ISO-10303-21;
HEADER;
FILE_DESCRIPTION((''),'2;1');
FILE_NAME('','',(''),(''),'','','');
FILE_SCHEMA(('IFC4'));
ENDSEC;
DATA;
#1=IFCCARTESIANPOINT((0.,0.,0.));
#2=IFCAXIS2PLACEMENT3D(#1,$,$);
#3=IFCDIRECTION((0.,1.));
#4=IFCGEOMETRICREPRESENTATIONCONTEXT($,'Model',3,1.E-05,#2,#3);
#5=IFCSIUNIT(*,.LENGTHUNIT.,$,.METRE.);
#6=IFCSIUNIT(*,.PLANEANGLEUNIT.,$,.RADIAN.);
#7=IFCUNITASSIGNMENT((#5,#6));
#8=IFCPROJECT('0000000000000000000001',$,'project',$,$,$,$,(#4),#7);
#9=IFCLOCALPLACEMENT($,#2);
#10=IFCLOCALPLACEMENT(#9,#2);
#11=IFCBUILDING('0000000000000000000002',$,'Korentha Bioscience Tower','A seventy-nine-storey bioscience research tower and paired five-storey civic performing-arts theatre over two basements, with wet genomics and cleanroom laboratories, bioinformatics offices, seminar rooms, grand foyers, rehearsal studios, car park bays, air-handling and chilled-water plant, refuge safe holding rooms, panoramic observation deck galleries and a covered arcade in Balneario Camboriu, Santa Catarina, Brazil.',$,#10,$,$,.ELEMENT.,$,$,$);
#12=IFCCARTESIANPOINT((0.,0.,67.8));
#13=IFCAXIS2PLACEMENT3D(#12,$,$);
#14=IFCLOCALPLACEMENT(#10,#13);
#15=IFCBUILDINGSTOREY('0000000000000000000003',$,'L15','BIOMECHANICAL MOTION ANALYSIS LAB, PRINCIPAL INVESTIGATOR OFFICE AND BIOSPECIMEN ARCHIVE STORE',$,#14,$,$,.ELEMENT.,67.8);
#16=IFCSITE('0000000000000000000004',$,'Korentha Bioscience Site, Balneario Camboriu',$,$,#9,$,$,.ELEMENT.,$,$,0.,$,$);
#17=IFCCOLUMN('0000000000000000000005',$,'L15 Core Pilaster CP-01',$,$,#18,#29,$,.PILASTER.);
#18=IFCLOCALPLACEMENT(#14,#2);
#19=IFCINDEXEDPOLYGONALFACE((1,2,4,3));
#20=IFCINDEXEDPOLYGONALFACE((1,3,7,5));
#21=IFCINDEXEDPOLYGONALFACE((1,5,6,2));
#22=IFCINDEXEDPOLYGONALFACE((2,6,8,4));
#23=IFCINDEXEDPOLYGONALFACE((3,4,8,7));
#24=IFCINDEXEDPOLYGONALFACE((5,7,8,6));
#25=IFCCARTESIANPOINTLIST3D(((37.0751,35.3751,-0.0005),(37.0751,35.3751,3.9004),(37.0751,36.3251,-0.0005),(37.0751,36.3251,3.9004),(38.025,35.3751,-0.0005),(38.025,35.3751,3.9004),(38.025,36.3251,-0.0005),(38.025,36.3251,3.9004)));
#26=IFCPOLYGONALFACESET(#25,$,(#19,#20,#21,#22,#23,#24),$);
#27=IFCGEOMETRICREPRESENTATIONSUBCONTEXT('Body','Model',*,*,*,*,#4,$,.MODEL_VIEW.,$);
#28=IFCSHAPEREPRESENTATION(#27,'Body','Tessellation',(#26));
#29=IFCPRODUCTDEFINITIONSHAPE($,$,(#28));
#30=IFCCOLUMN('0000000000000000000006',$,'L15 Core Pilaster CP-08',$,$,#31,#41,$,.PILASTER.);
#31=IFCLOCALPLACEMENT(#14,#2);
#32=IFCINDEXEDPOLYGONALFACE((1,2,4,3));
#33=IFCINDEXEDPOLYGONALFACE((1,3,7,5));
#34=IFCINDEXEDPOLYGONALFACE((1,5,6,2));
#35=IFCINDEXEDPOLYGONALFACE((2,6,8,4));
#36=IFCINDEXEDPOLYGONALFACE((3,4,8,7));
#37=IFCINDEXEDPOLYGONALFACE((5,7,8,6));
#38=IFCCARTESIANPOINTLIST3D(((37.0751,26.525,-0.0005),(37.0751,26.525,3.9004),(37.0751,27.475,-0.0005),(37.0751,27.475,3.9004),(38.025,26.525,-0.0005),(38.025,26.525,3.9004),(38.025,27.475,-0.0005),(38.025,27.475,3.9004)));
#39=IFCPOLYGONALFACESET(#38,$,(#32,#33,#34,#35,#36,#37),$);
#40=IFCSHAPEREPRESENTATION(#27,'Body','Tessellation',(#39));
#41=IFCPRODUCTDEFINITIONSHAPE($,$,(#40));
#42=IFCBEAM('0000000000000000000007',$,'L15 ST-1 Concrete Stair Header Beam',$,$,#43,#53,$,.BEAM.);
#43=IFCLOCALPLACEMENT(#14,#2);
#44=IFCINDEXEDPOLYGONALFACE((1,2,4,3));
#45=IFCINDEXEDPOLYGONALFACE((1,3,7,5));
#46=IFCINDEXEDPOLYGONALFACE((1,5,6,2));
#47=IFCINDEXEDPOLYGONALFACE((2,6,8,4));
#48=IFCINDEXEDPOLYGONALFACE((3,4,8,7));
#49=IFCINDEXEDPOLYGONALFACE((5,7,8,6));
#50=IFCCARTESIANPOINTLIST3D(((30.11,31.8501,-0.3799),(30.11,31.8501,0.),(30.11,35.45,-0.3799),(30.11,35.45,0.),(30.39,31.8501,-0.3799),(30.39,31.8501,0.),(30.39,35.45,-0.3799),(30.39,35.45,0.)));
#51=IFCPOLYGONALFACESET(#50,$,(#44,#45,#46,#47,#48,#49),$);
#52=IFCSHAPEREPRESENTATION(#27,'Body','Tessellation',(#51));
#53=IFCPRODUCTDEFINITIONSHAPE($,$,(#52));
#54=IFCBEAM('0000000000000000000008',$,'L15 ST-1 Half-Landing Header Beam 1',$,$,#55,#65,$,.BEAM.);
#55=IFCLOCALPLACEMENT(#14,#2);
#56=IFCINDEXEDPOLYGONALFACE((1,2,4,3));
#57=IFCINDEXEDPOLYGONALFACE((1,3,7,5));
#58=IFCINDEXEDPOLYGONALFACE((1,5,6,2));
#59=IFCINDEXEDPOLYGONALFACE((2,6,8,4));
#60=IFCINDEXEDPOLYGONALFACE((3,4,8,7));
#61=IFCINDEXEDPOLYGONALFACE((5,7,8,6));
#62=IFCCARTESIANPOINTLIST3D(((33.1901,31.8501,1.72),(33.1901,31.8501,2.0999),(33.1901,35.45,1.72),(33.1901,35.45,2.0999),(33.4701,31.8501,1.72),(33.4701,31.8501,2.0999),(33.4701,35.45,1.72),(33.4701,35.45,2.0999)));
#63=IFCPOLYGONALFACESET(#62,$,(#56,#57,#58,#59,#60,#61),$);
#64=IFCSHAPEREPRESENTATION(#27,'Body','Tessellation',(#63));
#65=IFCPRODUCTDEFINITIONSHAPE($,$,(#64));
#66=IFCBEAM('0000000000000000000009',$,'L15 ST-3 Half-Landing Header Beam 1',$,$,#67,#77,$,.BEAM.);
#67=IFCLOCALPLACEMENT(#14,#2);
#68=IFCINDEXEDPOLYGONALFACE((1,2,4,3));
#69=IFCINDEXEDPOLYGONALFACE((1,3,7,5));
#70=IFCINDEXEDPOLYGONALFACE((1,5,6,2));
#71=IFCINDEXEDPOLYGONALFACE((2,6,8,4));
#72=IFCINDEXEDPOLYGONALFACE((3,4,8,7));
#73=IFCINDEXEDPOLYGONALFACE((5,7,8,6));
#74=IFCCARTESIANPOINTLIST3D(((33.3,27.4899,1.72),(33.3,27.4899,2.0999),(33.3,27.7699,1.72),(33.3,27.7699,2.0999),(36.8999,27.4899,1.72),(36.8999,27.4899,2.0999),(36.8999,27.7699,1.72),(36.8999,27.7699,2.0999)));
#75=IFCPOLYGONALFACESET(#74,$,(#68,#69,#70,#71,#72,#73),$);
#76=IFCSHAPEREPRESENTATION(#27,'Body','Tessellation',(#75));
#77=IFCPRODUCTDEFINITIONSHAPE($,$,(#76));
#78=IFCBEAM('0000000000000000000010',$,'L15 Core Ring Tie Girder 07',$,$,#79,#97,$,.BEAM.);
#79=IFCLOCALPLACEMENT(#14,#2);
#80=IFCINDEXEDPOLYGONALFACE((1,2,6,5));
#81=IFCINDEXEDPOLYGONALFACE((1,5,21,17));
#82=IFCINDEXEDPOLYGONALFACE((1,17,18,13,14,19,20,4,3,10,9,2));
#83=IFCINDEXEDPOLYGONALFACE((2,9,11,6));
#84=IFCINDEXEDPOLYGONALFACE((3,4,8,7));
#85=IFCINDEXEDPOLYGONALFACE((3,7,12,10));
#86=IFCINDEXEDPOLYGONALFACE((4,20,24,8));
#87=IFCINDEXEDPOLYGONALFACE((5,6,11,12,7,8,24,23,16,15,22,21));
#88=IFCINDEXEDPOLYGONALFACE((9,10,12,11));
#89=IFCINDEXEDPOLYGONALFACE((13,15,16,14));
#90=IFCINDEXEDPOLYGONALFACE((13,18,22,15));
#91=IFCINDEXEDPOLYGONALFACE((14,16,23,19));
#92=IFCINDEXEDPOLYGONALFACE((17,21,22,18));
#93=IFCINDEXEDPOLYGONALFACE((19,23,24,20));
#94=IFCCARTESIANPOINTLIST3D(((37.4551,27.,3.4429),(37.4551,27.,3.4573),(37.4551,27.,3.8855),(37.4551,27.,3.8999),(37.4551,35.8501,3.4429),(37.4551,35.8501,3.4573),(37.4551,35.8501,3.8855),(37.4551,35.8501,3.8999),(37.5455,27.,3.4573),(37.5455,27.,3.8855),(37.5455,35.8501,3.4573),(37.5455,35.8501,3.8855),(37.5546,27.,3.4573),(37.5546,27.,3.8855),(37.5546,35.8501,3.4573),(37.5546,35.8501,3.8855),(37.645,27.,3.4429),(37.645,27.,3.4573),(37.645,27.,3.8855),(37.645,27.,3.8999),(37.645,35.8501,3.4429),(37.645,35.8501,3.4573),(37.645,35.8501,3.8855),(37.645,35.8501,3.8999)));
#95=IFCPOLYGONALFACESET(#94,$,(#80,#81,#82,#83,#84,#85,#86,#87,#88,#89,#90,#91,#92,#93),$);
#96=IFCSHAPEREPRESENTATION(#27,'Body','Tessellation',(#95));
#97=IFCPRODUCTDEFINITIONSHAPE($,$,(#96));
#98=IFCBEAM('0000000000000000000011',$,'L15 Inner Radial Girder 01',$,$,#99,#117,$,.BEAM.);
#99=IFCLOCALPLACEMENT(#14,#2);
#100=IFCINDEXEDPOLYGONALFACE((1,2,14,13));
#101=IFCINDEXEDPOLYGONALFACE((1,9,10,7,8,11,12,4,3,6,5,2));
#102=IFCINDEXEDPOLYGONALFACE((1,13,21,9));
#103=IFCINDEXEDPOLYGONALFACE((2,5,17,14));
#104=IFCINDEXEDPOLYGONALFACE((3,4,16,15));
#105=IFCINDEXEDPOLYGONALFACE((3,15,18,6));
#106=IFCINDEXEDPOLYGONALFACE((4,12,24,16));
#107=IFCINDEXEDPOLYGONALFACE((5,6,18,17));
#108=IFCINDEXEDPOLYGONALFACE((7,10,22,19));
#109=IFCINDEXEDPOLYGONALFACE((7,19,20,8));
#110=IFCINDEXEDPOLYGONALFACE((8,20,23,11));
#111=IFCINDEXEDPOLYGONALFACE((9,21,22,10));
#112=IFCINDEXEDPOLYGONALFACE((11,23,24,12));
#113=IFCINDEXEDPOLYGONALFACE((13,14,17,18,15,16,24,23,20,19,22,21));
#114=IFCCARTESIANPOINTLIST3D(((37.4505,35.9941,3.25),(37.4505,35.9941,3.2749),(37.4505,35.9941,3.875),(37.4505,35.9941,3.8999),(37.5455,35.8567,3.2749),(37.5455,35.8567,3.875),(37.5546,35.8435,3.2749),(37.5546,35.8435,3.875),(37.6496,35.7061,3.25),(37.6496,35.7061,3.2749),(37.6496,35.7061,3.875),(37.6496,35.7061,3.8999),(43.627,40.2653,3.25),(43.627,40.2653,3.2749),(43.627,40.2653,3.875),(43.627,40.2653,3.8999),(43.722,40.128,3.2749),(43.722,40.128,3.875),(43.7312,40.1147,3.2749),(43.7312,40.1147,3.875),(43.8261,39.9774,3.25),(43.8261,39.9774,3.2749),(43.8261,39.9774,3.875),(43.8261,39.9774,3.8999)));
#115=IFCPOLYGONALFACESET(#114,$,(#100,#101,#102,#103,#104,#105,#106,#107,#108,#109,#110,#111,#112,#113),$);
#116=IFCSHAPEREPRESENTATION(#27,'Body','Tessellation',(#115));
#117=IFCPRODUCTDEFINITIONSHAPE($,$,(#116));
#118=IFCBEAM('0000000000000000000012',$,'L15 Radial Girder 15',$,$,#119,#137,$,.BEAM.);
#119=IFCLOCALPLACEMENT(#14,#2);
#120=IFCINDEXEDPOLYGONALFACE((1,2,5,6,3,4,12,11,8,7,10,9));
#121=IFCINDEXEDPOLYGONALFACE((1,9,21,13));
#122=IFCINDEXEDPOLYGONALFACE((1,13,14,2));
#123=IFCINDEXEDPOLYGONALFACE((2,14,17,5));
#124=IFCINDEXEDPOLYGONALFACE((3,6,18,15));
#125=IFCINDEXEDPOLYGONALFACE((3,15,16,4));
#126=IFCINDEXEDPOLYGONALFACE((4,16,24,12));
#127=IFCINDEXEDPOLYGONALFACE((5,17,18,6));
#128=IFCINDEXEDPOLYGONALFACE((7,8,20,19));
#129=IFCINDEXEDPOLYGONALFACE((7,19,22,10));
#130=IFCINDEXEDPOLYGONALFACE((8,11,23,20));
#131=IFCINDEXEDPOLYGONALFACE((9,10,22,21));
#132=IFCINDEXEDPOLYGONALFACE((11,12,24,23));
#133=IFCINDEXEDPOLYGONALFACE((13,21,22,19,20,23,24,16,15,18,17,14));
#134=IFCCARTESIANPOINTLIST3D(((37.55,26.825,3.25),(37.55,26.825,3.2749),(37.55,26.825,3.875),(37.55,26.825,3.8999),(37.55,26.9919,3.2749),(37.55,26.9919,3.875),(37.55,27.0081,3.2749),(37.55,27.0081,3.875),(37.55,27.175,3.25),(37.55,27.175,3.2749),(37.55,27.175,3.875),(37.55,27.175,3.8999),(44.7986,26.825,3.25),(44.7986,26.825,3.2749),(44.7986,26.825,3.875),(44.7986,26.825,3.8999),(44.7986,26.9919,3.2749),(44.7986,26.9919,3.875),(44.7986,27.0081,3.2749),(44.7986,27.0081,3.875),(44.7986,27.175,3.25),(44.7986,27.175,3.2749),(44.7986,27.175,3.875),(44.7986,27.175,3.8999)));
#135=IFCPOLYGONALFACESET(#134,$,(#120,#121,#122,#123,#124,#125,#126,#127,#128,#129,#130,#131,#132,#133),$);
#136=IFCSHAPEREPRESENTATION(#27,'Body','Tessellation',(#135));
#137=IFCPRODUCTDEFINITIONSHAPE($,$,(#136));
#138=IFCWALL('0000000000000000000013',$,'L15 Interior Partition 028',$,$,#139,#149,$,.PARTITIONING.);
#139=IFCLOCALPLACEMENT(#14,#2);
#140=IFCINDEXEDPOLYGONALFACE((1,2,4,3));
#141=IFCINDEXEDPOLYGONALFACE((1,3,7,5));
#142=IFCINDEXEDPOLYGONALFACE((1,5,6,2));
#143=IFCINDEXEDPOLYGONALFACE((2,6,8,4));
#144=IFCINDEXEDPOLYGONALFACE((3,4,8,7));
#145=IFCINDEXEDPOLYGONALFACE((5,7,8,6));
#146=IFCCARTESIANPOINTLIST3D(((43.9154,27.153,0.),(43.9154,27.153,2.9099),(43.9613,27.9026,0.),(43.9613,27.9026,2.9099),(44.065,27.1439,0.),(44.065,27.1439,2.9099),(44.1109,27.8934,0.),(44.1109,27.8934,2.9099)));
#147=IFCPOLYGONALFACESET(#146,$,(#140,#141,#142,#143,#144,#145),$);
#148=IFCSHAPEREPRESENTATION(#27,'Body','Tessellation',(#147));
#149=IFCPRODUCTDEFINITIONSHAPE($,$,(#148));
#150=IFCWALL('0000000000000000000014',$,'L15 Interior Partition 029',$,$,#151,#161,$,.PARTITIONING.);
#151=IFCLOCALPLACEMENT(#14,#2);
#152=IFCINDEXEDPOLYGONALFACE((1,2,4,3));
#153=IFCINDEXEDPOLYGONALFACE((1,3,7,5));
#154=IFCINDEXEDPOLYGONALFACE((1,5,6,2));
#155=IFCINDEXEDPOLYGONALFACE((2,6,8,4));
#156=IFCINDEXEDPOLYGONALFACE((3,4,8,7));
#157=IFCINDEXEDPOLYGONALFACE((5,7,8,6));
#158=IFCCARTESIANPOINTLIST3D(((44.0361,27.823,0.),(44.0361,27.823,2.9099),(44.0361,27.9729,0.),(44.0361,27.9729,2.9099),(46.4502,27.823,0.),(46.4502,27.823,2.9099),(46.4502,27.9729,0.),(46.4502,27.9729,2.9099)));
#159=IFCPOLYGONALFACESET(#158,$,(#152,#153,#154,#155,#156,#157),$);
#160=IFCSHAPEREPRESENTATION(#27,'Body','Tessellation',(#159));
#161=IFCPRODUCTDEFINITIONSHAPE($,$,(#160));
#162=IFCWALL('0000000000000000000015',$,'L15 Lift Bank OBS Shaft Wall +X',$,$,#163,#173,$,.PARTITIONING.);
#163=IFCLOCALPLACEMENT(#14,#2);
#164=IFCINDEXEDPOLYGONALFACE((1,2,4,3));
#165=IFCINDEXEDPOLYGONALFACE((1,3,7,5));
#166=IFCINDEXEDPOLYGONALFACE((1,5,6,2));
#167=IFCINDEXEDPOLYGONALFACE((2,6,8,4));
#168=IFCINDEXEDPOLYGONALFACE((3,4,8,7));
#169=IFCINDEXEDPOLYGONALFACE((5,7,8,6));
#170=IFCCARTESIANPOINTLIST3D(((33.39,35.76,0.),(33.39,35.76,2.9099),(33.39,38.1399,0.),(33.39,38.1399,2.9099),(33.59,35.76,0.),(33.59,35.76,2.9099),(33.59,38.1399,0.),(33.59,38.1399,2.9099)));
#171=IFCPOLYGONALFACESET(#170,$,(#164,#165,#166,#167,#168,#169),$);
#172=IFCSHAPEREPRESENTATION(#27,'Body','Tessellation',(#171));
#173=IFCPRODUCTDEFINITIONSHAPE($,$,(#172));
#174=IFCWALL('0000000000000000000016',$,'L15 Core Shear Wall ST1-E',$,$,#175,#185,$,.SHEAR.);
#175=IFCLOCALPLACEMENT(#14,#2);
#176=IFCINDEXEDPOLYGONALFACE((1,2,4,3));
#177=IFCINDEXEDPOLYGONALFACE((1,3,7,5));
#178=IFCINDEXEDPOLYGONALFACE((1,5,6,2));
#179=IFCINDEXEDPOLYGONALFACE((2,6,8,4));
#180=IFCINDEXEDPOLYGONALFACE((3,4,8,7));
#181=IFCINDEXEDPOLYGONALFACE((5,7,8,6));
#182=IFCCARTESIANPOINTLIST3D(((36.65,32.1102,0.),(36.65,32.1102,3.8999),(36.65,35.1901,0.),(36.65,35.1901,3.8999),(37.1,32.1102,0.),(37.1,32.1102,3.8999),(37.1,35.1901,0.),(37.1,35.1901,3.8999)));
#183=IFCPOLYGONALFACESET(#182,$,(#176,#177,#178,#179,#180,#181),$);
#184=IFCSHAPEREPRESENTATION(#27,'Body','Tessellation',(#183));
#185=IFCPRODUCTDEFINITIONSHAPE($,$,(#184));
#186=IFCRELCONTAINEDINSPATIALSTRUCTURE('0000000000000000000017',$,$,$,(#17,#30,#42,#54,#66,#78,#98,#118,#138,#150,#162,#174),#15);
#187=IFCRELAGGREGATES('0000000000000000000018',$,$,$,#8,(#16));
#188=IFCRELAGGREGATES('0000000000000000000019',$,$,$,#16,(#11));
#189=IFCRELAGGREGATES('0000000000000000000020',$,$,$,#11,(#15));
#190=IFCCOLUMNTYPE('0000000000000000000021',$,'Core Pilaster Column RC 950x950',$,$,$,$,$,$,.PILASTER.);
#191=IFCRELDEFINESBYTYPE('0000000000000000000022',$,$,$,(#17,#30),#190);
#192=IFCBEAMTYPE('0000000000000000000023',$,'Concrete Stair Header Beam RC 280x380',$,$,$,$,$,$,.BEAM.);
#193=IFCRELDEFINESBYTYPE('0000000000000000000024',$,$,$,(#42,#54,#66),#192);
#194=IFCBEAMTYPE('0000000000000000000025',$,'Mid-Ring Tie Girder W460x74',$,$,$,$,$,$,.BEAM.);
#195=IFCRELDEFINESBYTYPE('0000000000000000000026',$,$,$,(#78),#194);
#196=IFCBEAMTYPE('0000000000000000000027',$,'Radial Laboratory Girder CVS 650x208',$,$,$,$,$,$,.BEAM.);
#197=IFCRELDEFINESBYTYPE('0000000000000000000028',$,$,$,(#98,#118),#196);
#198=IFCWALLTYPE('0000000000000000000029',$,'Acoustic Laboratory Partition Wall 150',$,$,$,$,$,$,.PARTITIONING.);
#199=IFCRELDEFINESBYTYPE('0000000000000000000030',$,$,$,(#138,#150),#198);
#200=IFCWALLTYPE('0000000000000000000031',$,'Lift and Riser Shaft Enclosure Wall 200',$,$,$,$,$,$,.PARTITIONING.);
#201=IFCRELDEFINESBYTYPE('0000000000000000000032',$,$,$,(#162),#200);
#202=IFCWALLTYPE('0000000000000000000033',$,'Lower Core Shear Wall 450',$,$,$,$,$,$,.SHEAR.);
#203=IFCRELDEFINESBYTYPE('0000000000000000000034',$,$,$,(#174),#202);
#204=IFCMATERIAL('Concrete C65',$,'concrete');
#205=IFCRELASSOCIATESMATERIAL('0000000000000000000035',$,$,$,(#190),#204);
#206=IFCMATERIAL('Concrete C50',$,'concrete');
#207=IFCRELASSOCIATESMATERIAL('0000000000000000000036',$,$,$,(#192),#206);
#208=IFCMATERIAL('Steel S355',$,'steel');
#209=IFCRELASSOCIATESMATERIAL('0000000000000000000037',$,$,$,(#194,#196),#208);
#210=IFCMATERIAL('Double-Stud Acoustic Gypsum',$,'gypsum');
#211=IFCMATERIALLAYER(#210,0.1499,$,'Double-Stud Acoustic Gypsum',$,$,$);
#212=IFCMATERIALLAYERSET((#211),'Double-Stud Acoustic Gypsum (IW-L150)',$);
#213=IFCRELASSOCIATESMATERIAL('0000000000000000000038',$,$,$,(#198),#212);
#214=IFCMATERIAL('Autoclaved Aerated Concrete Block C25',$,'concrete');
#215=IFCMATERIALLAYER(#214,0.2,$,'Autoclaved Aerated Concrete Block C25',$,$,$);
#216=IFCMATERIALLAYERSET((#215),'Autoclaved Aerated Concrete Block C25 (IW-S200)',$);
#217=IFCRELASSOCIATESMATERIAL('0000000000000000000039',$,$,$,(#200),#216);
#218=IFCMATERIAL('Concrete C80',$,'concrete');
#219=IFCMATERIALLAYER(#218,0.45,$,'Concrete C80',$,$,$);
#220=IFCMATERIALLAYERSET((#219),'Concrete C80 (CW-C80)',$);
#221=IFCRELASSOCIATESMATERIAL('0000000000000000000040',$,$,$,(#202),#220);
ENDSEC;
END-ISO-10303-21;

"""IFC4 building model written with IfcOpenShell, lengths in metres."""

from ifc_helpers import new_model, si_unit, direction, frame, frame_2d, origin, origin_2d, place, context, subcontext, project, spatial, rectangle, i_section, extrude, material, layer, layer_set, material_profile, profile_set, type_object, element, save


model = new_model("IFC4")

# Units and contexts
model_context = context("Model", 3, precision=1e-05, world=origin(), true_north=direction((0.0, 1.0)))
body_context = subcontext(model_context, "Body", "Model", "MODEL_VIEW")
ifc_project = project(units=[si_unit("LENGTHUNIT", "METRE"), si_unit("PLANEANGLEUNIT", "RADIAN")], contexts=[model_context])

# Site, building, storey
site_placement = place(None, origin())
site = spatial("IfcSite", under=ifc_project, at=site_placement, Name="Korentha Bioscience Site, Balneario Camboriu", CompositionType="ELEMENT", RefElevation=0.0)
building_placement = place(site_placement, origin())
building = spatial("IfcBuilding", under=site, at=building_placement, Name="Korentha Bioscience Tower", Description="A seventy-nine-storey bioscience research tower and paired five-storey civic performing-arts theatre over two basements, with wet genomics and cleanroom laboratories, bioinformatics offices, seminar rooms, grand foyers, rehearsal studios, car park bays, air-handling and chilled-water plant, refuge safe holding rooms, panoramic observation deck galleries and a covered arcade in Balneario Camboriu, Santa Catarina, Brazil.", CompositionType="ELEMENT")
storey_placement = place(building_placement, frame((0.0, 0.0, 67.8)))
storey = spatial("IfcBuildingStorey", under=building, at=storey_placement, Name="L15", Description="BIOMECHANICAL MOTION ANALYSIS LAB, PRINCIPAL INVESTIGATOR OFFICE AND BIOSPECIMEN ARCHIVE STORE", CompositionType="ELEMENT", Elevation=67.8)

# Columns
ifc_material_1 = material(Name="Concrete C65", Category="concrete")
ifc_material_profile_1 = material_profile(ifc_material_1, rectangle(XDim=0.95, YDim=0.95, at=origin_2d()), Name="Concrete C65")
ifc_profile_set_1 = profile_set([ifc_material_profile_1], Name="Concrete C65 (COL-CP09)")
column_type = type_object("IfcColumnType", Name="Core Pilaster Column RC 950x950", PredefinedType="PILASTER", material=ifc_profile_set_1)
for number, where, z_axis, x_axis, name in (
    (1, (37.55, 35.8501, -0.0005), (0.0, 0.0, 1.0), (1.0, 0.0, 0.0), "L15 Core Pilaster CP-01"),
    (2, (37.55, 27.0, -0.0005), (0.0, 0.0, 1.0), (1.0, 0.0, 0.0), "L15 Core Pilaster CP-08"),
):
    element("IfcColumn", number, at=place(storey_placement, frame(where, z_axis=z_axis, x_axis=x_axis)), inside=storey, type_object=column_type, Name=name, PredefinedType="PILASTER", context=body_context, shape_type="SweptSolid", body=[
        extrude(rectangle(XDim=0.95, YDim=0.95, at=origin_2d()), origin(), (0.0, 0.0, 1.0), 3.9009),
    ])

# Beams
ifc_material_2 = material(Name="Concrete C50", Category="concrete")
ifc_material_profile_2 = material_profile(ifc_material_2, rectangle(XDim=0.28, YDim=0.3799, at=origin_2d()), Name="Concrete C50")
ifc_profile_set_2 = profile_set([ifc_material_profile_2], Name="Concrete C50 (ST-HB380)")
beam_type_1 = type_object("IfcBeamType", Name="Concrete Stair Header Beam RC 280x380", PredefinedType="BEAM", material=ifc_profile_set_2)
for number, where, z_axis, x_axis, name in (
    (3, (30.25, 31.8501, -0.1899), (0.0, 1.0, 0.0), (-1.0, 0.0, 0.0), "L15 ST-1 Concrete Stair Header Beam"),
    (4, (33.3301, 31.8501, 1.9099), (0.0, 1.0, 0.0), (-1.0, 0.0, 0.0), "L15 ST-1 Half-Landing Header Beam 1"),
    (5, (36.8999, 27.6299, 1.9099), (-1.0, 0.0, 0.0), (0.0, -1.0, 0.0), "L15 ST-3 Half-Landing Header Beam 1"),
):
    element("IfcBeam", number, at=place(storey_placement, frame(where, z_axis=z_axis, x_axis=x_axis)), inside=storey, type_object=beam_type_1, Name=name, PredefinedType="BEAM", context=body_context, shape_type="SweptSolid", body=[
        extrude(rectangle(XDim=0.28, YDim=0.3799, at=origin_2d()), origin(), (0.0, 0.0, 1.0), 3.5999),
    ])
ifc_material_3 = material(Name="Steel S355", Category="steel")
ifc_material_profile_3 = material_profile(ifc_material_3, i_section(OverallWidth=0.1899, OverallDepth=0.457, WebThickness=0.009, FlangeThickness=0.0144, at=origin_2d()), Name="Steel S355")
ifc_profile_set_3 = profile_set([ifc_material_profile_3], Name="Steel S355 (MB-460)")
beam_type_2 = type_object("IfcBeamType", Name="Mid-Ring Tie Girder W460x74", PredefinedType="BEAM", material=ifc_profile_set_3)
beam_1_placement = place(storey_placement, frame((37.55, 27.0, 3.6714), z_axis=(0.0, 1.0, 0.0), x_axis=(-1.0, 0.0, 0.0)))
element("IfcBeam", 6, at=beam_1_placement, inside=storey, type_object=beam_type_2, Name="L15 Core Ring Tie Girder 07", PredefinedType="BEAM", context=body_context, shape_type="SweptSolid", body=[
    extrude(i_section(OverallWidth=0.1899, OverallDepth=0.457, WebThickness=0.009, FlangeThickness=0.0144, at=origin_2d()), origin(), (0.0, 0.0, 1.0), 8.8501),
])
ifc_material_profile_4 = material_profile(ifc_material_3, i_section(OverallWidth=0.3501, OverallDepth=0.6499, WebThickness=0.0161, FlangeThickness=0.0249, at=origin_2d()), Name="Steel S355")
ifc_profile_set_4 = profile_set([ifc_material_profile_4], Name="Steel S355 (RB-650)")
beam_type_3 = type_object("IfcBeamType", Name="Radial Laboratory Girder CVS 650x208", PredefinedType="BEAM", material=ifc_profile_set_4)
beam_2_placement = place(storey_placement, frame((37.55, 35.8501, 3.575), z_axis=(0.822492, 0.568777, 0.0), x_axis=(-0.568777, 0.822492, 0.0)))
element("IfcBeam", 7, at=beam_2_placement, inside=storey, type_object=beam_type_3, Name="L15 Inner Radial Girder 01", PredefinedType="BEAM", context=body_context, shape_type="SweptSolid", body=[
    extrude(i_section(OverallWidth=0.3501, OverallDepth=0.6499, WebThickness=0.0161, FlangeThickness=0.0249, at=origin_2d()), origin(), (0.0, 0.0, 1.0), 7.5095),
])
beam_3_placement = place(storey_placement, frame((37.55, 27.0, 3.575), z_axis=(1.0, 0.0, 0.0), x_axis=(0.0, 1.0, 0.0)))
element("IfcBeam", 8, at=beam_3_placement, inside=storey, type_object=beam_type_3, Name="L15 Radial Girder 15", PredefinedType="BEAM", context=body_context, shape_type="SweptSolid", body=[
    extrude(i_section(OverallWidth=0.3501, OverallDepth=0.6499, WebThickness=0.0161, FlangeThickness=0.0249, at=origin_2d()), origin(), (0.0, 0.0, 1.0), 7.2485),
])

# Walls
ifc_material_4 = material(Name="Double-Stud Acoustic Gypsum", Category="gypsum")
ifc_layer_1 = layer(ifc_material_4, 0.1499, Name="Double-Stud Acoustic Gypsum")
ifc_layer_set_1 = layer_set([ifc_layer_1], Name="Double-Stud Acoustic Gypsum (IW-L150)")
wall_type_1 = type_object("IfcWallType", Name="Acoustic Laboratory Partition Wall 150", PredefinedType="PARTITIONING", material=ifc_layer_set_1)
wall_1_placement = place(storey_placement, frame((43.9902, 27.1484, 0.0), z_axis=(0.0, 0.0, 1.0), x_axis=(0.061123, 0.99813, 0.0)))
element("IfcWall", 9, at=wall_1_placement, inside=storey, type_object=wall_type_1, Name="L15 Interior Partition 028", PredefinedType="PARTITIONING", context=body_context, shape_type="SweptSolid", body=[
    extrude(rectangle(XDim=0.751, YDim=0.1499, at=frame_2d((0.3755, 0.0))), origin(), (0.0, 0.0, 1.0), 2.9099),
])
wall_2_placement = place(storey_placement, frame((44.0361, 27.8979, 0.0), z_axis=(0.0, 0.0, 1.0), x_axis=(1.0, 0.0, 0.0)))
element("IfcWall", 10, at=wall_2_placement, inside=storey, type_object=wall_type_1, Name="L15 Interior Partition 029", PredefinedType="PARTITIONING", context=body_context, shape_type="SweptSolid", body=[
    extrude(rectangle(XDim=2.4141, YDim=0.1499, at=frame_2d((1.207, 0.0))), origin(), (0.0, 0.0, 1.0), 2.9099),
])
ifc_material_5 = material(Name="Autoclaved Aerated Concrete Block C25", Category="concrete")
ifc_layer_2 = layer(ifc_material_5, 0.2, Name="Autoclaved Aerated Concrete Block C25")
ifc_layer_set_2 = layer_set([ifc_layer_2], Name="Autoclaved Aerated Concrete Block C25 (IW-S200)")
wall_type_2 = type_object("IfcWallType", Name="Lift and Riser Shaft Enclosure Wall 200", PredefinedType="PARTITIONING", material=ifc_layer_set_2)
wall_3_placement = place(storey_placement, frame((33.49, 35.76, 0.0), z_axis=(0.0, 0.0, 1.0), x_axis=(0.0, 1.0, 0.0)))
element("IfcWall", 11, at=wall_3_placement, inside=storey, type_object=wall_type_2, Name="L15 Lift Bank OBS Shaft Wall +X", PredefinedType="PARTITIONING", context=body_context, shape_type="SweptSolid", body=[
    extrude(rectangle(XDim=2.3799, YDim=0.2, at=frame_2d((1.1899, 0.0))), origin(), (0.0, 0.0, 1.0), 2.9099),
])
ifc_material_6 = material(Name="Concrete C80", Category="concrete")
ifc_layer_3 = layer(ifc_material_6, 0.45, Name="Concrete C80")
ifc_layer_set_3 = layer_set([ifc_layer_3], Name="Concrete C80 (CW-C80)")
wall_type_3 = type_object("IfcWallType", Name="Lower Core Shear Wall 450", PredefinedType="SHEAR", material=ifc_layer_set_3)
wall_4_placement = place(storey_placement, frame((36.875, 32.1101, 0.0), z_axis=(0.0, 0.0, 1.0), x_axis=(0.0, 1.0, 0.0)))
element("IfcWall", 12, at=wall_4_placement, inside=storey, type_object=wall_type_3, Name="L15 Core Shear Wall ST1-E", PredefinedType="SHEAR", context=body_context, shape_type="SweptSolid", body=[
    extrude(rectangle(XDim=3.0798, YDim=0.45, at=frame_2d((1.54, 0.0))), origin(), (0.0, 0.0, 1.0), 3.8999),
])

save(model, "model.ifc")
